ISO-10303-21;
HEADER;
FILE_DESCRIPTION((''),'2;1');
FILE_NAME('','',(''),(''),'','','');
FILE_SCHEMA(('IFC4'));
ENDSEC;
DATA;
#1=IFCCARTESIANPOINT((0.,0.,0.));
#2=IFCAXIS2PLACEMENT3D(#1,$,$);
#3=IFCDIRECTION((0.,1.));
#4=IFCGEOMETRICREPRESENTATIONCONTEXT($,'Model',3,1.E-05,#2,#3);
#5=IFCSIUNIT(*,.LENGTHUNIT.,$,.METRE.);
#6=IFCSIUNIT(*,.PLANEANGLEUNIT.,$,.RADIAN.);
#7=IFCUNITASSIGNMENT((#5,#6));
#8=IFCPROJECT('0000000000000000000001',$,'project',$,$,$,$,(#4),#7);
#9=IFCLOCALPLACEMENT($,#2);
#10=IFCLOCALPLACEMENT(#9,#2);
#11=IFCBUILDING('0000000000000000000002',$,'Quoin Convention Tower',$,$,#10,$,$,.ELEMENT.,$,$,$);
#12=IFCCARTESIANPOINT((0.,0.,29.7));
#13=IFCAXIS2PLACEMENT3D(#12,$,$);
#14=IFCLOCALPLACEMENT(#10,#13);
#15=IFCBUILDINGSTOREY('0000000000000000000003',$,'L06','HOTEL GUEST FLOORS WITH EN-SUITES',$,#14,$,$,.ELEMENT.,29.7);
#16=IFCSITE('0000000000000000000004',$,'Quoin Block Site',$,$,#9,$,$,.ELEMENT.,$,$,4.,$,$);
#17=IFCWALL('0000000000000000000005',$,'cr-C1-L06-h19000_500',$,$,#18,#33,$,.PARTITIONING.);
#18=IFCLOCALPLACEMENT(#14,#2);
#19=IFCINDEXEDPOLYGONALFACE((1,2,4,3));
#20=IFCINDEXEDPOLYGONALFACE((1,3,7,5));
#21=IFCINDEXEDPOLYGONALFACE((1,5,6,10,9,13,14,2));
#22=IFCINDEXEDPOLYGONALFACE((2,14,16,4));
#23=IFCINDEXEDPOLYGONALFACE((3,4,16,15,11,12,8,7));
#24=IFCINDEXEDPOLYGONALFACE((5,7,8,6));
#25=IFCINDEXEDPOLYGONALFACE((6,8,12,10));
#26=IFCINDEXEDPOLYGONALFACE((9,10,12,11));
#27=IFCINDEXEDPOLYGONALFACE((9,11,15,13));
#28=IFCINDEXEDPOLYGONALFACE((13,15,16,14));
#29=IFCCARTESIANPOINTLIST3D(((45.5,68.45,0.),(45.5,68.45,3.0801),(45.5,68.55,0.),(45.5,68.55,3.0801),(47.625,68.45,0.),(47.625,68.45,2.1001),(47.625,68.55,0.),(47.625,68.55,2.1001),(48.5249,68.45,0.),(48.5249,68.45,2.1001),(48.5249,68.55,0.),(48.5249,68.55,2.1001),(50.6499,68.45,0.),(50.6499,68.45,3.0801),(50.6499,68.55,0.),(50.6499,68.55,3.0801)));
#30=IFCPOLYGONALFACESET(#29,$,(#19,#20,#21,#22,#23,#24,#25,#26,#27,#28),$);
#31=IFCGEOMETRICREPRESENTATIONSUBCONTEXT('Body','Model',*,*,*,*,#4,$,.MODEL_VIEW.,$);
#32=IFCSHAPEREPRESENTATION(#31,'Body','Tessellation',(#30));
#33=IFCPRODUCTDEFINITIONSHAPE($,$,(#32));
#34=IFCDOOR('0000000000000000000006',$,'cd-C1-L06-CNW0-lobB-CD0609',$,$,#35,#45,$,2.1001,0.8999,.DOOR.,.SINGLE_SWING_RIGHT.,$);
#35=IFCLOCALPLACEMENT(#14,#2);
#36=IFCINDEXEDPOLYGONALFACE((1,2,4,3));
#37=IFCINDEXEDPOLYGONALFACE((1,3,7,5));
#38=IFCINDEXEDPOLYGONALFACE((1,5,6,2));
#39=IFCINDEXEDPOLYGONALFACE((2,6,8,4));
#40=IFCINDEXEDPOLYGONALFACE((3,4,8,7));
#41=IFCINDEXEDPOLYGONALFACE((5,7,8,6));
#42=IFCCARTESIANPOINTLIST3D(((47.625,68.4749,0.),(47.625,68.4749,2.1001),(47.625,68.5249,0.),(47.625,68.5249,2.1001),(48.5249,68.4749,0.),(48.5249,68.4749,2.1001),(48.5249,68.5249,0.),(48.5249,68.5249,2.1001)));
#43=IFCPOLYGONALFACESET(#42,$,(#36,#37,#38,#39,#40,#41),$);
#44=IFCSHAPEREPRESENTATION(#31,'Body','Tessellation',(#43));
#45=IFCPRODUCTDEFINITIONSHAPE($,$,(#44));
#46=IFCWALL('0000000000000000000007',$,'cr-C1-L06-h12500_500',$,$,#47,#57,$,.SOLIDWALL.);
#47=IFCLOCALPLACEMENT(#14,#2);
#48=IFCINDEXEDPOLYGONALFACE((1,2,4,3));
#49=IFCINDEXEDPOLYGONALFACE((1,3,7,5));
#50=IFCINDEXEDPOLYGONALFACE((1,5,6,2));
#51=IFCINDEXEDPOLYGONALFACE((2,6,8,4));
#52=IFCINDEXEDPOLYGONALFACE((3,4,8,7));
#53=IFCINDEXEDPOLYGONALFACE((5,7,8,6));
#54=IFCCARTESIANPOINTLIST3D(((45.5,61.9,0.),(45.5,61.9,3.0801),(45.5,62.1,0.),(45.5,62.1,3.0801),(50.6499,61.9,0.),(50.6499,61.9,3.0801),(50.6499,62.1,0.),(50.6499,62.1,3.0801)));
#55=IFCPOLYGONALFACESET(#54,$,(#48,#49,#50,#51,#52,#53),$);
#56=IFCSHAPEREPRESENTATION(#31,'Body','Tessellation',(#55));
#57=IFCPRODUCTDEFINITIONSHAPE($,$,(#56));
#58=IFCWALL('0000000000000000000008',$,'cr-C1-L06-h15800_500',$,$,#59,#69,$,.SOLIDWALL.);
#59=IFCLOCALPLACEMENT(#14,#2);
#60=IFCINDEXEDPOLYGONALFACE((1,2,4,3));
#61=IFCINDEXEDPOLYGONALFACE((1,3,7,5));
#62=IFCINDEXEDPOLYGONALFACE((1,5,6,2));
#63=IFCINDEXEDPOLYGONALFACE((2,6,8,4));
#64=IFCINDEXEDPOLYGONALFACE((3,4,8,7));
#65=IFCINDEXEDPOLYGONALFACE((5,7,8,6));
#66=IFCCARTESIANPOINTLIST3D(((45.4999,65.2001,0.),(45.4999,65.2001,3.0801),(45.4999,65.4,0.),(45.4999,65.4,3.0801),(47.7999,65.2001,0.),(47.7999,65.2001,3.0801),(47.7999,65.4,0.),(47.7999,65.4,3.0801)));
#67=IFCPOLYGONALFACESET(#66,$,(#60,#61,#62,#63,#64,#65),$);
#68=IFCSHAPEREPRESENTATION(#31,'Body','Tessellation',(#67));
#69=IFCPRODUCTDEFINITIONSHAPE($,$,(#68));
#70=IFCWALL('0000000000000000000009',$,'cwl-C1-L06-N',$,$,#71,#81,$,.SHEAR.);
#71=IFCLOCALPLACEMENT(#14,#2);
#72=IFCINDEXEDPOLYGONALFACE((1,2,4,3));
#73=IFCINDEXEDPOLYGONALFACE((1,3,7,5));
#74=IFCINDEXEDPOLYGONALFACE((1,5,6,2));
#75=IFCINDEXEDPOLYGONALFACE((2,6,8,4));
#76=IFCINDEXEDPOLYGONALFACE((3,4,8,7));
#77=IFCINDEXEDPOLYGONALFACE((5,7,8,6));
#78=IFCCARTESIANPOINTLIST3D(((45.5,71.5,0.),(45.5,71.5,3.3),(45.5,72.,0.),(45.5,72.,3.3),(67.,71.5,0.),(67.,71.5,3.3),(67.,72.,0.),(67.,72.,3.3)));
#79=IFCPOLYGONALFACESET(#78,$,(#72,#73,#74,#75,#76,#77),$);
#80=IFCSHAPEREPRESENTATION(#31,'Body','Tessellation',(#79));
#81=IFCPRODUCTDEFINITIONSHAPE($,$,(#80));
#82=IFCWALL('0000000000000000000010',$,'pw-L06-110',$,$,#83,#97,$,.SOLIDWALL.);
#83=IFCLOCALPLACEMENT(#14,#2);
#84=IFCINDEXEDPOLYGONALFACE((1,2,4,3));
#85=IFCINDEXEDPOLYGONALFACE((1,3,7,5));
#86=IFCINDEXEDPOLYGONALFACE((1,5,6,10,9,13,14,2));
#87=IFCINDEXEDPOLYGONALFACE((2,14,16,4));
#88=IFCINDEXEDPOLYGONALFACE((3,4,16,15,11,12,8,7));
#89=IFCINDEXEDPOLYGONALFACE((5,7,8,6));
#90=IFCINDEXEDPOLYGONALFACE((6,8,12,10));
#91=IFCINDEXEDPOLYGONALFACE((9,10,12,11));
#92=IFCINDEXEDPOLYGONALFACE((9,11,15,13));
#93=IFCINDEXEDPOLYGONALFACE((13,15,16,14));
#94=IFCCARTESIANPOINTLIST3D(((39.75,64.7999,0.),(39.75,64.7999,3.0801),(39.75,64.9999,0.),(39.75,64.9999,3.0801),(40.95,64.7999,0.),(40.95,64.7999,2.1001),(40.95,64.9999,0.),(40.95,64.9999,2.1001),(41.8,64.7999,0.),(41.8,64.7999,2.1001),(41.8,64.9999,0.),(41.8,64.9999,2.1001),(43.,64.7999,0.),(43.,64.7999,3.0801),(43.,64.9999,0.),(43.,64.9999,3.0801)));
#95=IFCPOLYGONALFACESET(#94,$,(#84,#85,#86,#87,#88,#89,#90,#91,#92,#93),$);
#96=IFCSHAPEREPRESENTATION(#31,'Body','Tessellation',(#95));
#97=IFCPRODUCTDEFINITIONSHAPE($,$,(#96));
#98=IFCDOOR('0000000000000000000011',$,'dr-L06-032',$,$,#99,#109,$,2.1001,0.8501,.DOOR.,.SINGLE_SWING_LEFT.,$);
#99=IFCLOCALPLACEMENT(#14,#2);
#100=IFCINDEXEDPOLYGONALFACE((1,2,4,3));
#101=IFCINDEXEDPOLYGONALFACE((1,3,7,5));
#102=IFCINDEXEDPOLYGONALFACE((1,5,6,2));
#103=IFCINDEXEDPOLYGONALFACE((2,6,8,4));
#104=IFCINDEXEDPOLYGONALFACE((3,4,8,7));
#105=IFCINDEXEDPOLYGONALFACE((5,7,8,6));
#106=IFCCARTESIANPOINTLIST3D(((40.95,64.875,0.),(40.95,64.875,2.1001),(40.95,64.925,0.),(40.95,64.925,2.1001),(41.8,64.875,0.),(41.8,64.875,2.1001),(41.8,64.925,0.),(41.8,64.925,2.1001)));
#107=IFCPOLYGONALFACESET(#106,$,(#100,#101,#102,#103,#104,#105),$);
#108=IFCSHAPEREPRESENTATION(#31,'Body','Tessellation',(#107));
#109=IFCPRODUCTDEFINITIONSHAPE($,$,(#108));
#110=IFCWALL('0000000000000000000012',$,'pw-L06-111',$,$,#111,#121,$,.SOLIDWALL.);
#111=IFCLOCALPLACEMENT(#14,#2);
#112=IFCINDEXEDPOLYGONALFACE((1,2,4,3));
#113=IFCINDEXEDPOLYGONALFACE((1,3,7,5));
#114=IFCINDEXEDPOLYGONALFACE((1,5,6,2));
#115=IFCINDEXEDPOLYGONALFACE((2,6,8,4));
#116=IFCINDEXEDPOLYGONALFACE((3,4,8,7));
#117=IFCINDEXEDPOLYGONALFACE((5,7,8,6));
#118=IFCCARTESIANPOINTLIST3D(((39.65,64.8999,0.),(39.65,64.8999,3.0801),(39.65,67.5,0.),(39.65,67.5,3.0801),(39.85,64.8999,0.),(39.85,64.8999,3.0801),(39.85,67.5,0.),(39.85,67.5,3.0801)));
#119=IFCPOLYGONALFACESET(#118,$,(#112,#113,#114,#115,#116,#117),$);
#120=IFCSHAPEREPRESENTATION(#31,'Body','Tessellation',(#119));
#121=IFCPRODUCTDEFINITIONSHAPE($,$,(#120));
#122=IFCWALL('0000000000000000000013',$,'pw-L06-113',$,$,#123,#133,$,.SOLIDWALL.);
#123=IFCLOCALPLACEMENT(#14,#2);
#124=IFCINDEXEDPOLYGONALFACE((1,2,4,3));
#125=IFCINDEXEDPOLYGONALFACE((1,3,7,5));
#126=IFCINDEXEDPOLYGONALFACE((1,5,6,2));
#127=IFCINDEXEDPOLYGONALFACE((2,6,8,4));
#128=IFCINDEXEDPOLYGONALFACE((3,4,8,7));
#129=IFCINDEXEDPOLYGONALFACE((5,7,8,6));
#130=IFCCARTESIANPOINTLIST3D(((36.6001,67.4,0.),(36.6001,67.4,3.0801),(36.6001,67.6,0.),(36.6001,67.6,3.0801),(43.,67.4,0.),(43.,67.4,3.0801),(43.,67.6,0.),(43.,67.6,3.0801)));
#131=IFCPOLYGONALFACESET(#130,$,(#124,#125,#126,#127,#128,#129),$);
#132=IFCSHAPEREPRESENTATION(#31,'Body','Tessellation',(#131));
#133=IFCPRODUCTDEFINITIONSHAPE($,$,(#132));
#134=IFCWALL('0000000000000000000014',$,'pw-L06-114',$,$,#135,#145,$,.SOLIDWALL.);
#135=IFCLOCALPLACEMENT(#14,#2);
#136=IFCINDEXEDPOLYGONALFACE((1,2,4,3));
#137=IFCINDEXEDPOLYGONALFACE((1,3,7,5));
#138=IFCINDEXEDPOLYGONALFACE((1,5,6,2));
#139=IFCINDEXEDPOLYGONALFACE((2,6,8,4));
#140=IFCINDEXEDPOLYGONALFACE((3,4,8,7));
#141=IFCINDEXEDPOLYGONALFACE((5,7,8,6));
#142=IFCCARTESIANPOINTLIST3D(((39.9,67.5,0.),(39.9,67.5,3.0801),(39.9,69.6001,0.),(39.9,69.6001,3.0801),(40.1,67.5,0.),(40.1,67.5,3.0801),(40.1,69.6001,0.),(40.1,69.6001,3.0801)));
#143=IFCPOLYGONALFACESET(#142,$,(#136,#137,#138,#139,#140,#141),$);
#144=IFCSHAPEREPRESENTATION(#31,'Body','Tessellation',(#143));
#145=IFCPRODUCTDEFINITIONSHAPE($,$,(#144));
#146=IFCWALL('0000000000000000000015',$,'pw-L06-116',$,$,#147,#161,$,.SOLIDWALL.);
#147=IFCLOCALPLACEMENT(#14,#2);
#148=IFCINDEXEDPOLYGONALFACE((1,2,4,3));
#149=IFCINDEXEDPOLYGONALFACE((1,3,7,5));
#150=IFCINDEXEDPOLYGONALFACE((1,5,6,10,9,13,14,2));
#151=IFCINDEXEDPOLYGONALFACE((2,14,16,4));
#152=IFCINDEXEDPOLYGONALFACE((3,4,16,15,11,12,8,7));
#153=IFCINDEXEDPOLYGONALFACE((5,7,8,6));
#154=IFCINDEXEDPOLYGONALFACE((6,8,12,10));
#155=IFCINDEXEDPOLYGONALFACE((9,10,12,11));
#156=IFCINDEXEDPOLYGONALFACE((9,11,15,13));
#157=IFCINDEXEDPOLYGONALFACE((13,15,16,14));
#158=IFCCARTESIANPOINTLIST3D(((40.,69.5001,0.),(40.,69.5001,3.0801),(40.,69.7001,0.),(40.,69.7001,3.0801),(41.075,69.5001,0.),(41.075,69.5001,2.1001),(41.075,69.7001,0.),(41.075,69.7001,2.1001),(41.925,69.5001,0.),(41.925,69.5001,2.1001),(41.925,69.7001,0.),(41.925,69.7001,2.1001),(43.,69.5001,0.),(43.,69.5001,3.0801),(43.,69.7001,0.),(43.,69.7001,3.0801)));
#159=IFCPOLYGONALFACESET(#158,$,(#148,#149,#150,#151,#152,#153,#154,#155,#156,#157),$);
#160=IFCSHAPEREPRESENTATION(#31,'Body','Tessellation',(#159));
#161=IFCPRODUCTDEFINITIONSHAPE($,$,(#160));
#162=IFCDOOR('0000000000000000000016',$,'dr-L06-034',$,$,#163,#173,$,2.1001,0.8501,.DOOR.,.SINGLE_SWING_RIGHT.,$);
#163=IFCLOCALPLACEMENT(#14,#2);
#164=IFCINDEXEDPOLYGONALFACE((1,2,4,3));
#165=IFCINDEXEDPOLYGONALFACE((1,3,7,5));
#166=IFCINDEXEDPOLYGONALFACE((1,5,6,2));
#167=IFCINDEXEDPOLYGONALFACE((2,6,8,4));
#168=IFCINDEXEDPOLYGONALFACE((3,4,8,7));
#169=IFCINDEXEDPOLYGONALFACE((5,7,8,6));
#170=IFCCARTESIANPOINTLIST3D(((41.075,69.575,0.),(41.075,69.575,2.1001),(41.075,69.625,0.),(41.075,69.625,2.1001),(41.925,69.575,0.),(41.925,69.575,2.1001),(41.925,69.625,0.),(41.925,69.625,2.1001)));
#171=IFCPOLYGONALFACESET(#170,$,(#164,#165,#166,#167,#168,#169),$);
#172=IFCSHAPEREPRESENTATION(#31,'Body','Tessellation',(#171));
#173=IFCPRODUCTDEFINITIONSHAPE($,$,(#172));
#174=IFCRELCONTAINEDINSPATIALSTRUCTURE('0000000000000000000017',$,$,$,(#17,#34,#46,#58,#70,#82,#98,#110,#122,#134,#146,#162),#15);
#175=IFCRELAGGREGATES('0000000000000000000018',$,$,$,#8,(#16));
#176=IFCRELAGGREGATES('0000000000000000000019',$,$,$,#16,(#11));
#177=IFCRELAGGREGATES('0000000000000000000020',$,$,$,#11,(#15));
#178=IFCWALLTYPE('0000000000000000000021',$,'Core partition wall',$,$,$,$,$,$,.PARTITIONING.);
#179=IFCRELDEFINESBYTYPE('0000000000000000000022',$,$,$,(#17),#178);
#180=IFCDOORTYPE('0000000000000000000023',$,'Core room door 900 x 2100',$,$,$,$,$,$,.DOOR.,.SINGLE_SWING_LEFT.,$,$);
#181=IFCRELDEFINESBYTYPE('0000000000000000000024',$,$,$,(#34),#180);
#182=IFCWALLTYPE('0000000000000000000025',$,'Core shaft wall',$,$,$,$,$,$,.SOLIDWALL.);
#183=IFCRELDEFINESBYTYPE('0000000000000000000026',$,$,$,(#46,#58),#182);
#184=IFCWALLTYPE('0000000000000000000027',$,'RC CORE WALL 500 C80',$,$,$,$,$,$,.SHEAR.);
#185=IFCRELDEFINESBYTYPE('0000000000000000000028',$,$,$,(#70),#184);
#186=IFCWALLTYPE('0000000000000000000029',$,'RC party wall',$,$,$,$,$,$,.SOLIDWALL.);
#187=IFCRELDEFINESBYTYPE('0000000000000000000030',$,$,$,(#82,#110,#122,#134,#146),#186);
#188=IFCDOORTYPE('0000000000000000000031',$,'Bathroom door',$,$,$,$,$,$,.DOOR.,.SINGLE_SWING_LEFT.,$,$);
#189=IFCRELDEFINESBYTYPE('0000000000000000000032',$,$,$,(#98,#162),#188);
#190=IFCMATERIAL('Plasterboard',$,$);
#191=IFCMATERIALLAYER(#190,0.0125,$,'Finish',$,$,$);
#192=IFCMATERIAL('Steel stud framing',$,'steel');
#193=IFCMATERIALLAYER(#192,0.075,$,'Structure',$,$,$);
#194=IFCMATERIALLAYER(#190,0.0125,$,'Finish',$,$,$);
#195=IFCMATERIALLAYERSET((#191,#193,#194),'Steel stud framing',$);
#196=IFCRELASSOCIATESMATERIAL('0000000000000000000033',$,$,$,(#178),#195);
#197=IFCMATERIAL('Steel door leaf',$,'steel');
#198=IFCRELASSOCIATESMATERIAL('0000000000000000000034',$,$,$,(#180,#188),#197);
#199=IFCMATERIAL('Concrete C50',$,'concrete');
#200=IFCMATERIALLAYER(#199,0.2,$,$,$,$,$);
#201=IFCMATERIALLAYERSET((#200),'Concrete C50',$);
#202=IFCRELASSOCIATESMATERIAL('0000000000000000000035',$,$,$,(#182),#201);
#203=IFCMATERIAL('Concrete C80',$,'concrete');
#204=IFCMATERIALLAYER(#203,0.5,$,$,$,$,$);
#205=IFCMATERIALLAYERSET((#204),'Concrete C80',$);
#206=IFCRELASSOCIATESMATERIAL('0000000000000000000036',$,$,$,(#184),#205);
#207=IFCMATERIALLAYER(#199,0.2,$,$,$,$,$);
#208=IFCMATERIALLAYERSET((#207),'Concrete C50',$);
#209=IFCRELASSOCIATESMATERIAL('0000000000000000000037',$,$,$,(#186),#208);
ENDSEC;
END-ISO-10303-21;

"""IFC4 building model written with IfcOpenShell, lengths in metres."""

from ifc_helpers import new_model, si_unit, direction, frame, frame_2d, origin, place, context, subcontext, project, spatial, rectangle, extrude, material, layer, layer_set, type_object, element, fill, save


model = new_model("IFC4")

# Units and contexts
model_context = context("Model", 3, precision=1e-05, world=origin(), true_north=direction((0.0, 1.0)))
body_context = subcontext(model_context, "Body", "Model", "MODEL_VIEW")
ifc_project = project(units=[si_unit("LENGTHUNIT", "METRE"), si_unit("PLANEANGLEUNIT", "RADIAN")], contexts=[model_context])

# Site, building, storey
site_placement = place(None, origin())
site = spatial("IfcSite", under=ifc_project, at=site_placement, Name="Quoin Block Site", CompositionType="ELEMENT", RefElevation=4.0)
building_placement = place(site_placement, origin())
building = spatial("IfcBuilding", under=site, at=building_placement, Name="Quoin Convention Tower", CompositionType="ELEMENT")
storey_placement = place(building_placement, frame((0.0, 0.0, 29.7)))
storey = spatial("IfcBuildingStorey", under=building, at=storey_placement, Name="L06", Description="HOTEL GUEST FLOORS WITH EN-SUITES", CompositionType="ELEMENT", Elevation=29.7)

# Wall, opening, door
ifc_material_1 = material(Name="Plasterboard")
ifc_layer_1 = layer(ifc_material_1, 0.0125, Name="Finish")
ifc_material_2 = material(Name="Steel stud framing", Category="steel")
ifc_layer_2 = layer(ifc_material_2, 0.075, Name="Structure")
ifc_layer_3 = layer(ifc_material_1, 0.0125, Name="Finish")
ifc_layer_set_1 = layer_set([ifc_layer_1, ifc_layer_2, ifc_layer_3], Name="Steel stud framing")
wall_type_1 = type_object("IfcWallType", Name="Core partition wall", PredefinedType="PARTITIONING", material=ifc_layer_set_1)
wall_1_placement = place(storey_placement, frame((45.5, 68.5, 0.0), z_axis=(0.0, 0.0, 1.0), x_axis=(1.0, 0.0, 0.0)))
wall_1 = element("IfcWall", 1, at=wall_1_placement, inside=storey, type_object=wall_type_1, Name="cr-C1-L06-h19000_500", PredefinedType="PARTITIONING", context=body_context, shape_type="SweptSolid", body=[
    extrude(rectangle(XDim=5.1499, YDim=0.1001, at=frame_2d((2.575, 0.0))), origin(), (0.0, 0.0, 1.0), 3.0801),
])
opening_1_placement = place(wall_1_placement, frame((2.125, 0.0, 0.0)))
opening_1 = element("IfcOpeningElement", 2, at=opening_1_placement, cuts=wall_1, PredefinedType="OPENING", context=body_context, shape_type="SweptSolid", body=[
    extrude(rectangle(XDim=0.8999, YDim=2.1001, at=frame_2d((0.45, 1.05))), frame((0.0, 0.0601, 0.0), z_axis=(0.0, -1.0, 0.0), x_axis=(1.0, 0.0, 0.0)), (0.0, 0.0, 1.0), 0.1201),
])
ifc_material_3 = material(Name="Steel door leaf", Category="steel")
door_type_1 = type_object("IfcDoorType", Name="Core room door 900 x 2100", OperationType="SINGLE_SWING_LEFT", PredefinedType="DOOR", material=ifc_material_3)
door_1_placement = place(opening_1_placement, origin())
door_1 = element("IfcDoor", 3, at=door_1_placement, inside=storey, type_object=door_type_1, Name="cd-C1-L06-CNW0-lobB-CD0609", OperationType="SINGLE_SWING_RIGHT", OverallHeight=2.1001, OverallWidth=0.8999, PredefinedType="DOOR", context=body_context, shape_type="SweptSolid", body=[
    extrude(rectangle(XDim=0.8999, YDim=2.1001, at=frame_2d((0.45, 1.05))), frame((0.0, 0.0249, 0.0), z_axis=(0.0, -1.0, 0.0), x_axis=(1.0, 0.0, 0.0)), (0.0, 0.0, 1.0), 0.05),
])
fill(opening_1, door_1)

# Walls
ifc_material_4 = material(Name="Concrete C50", Category="concrete")
ifc_layer_4 = layer(ifc_material_4, 0.2)
ifc_layer_set_2 = layer_set([ifc_layer_4], Name="Concrete C50")
wall_type_2 = type_object("IfcWallType", Name="Core shaft wall", PredefinedType="SOLIDWALL", material=ifc_layer_set_2)
wall_2_placement = place(storey_placement, frame((45.5, 62.0, 0.0), z_axis=(0.0, 0.0, 1.0), x_axis=(1.0, 0.0, 0.0)))
element("IfcWall", 4, at=wall_2_placement, inside=storey, type_object=wall_type_2, Name="cr-C1-L06-h12500_500", PredefinedType="SOLIDWALL", context=body_context, shape_type="SweptSolid", body=[
    extrude(rectangle(XDim=5.1499, YDim=0.2, at=frame_2d((2.575, 0.0))), origin(), (0.0, 0.0, 1.0), 3.0801),
])
wall_3_placement = place(storey_placement, frame((45.5, 65.3, 0.0), z_axis=(0.0, 0.0, 1.0), x_axis=(1.0, 0.0, 0.0)))
element("IfcWall", 5, at=wall_3_placement, inside=storey, type_object=wall_type_2, Name="cr-C1-L06-h15800_500", PredefinedType="SOLIDWALL", context=body_context, shape_type="SweptSolid", body=[
    extrude(rectangle(XDim=2.3, YDim=0.2, at=frame_2d((1.1499, 0.0))), origin(), (0.0, 0.0, 1.0), 3.0801),
])
ifc_material_5 = material(Name="Concrete C80", Category="concrete")
ifc_layer_5 = layer(ifc_material_5, 0.5)
ifc_layer_set_3 = layer_set([ifc_layer_5], Name="Concrete C80")
wall_type_3 = type_object("IfcWallType", Name="RC CORE WALL 500 C80", PredefinedType="SHEAR", material=ifc_layer_set_3)
wall_4_placement = place(storey_placement, frame((45.5, 71.75, 0.0), z_axis=(0.0, 0.0, 1.0), x_axis=(1.0, 0.0, 0.0)))
element("IfcWall", 6, at=wall_4_placement, inside=storey, type_object=wall_type_3, Name="cwl-C1-L06-N", PredefinedType="SHEAR", context=body_context, shape_type="SweptSolid", body=[
    extrude(rectangle(XDim=21.5, YDim=0.5, at=frame_2d((10.75, 0.0))), origin(), (0.0, 0.0, 1.0), 3.3),
])

# Wall, opening, door
ifc_layer_6 = layer(ifc_material_4, 0.2)
ifc_layer_set_4 = layer_set([ifc_layer_6], Name="Concrete C50")
wall_type_4 = type_object("IfcWallType", Name="RC party wall", PredefinedType="SOLIDWALL", material=ifc_layer_set_4)
wall_5_placement = place(storey_placement, frame((39.75, 64.8999, 0.0), z_axis=(0.0, 0.0, 1.0), x_axis=(1.0, 0.0, 0.0)))
wall_5 = element("IfcWall", 7, at=wall_5_placement, inside=storey, type_object=wall_type_4, Name="pw-L06-110", PredefinedType="SOLIDWALL", context=body_context, shape_type="SweptSolid", body=[
    extrude(rectangle(XDim=3.25, YDim=0.2, at=frame_2d((1.625, 0.0))), origin(), (0.0, 0.0, 1.0), 3.0801),
])
opening_2_placement = place(wall_5_placement, frame((1.2, 0.0, 0.0)))
opening_2 = element("IfcOpeningElement", 8, at=opening_2_placement, cuts=wall_5, PredefinedType="OPENING", context=body_context, shape_type="SweptSolid", body=[
    extrude(rectangle(XDim=0.8501, YDim=2.1001, at=frame_2d((0.425, 1.05))), frame((0.0, 0.1099, 0.0), z_axis=(0.0, -1.0, 0.0), x_axis=(1.0, 0.0, 0.0)), (0.0, 0.0, 1.0), 0.22),
])
door_type_2 = type_object("IfcDoorType", Name="Bathroom door", OperationType="SINGLE_SWING_LEFT", PredefinedType="DOOR", material=ifc_material_3)
door_2_placement = place(opening_2_placement, frame((0.8501, 0.0, 0.0), z_axis=(0.0, 0.0, 1.0), x_axis=(-1.0, 0.0, 0.0)))
door_2 = element("IfcDoor", 9, at=door_2_placement, inside=storey, type_object=door_type_2, Name="dr-L06-032", OperationType="SINGLE_SWING_LEFT", OverallHeight=2.1001, OverallWidth=0.8501, PredefinedType="DOOR", context=body_context, shape_type="SweptSolid", body=[
    extrude(rectangle(XDim=0.8501, YDim=2.1001, at=frame_2d((0.425, 1.05))), frame((0.0, 0.0249, 0.0), z_axis=(0.0, -1.0, 0.0), x_axis=(1.0, 0.0, 0.0)), (0.0, 0.0, 1.0), 0.05),
])
fill(opening_2, door_2)

# Walls
wall_6_placement = place(storey_placement, frame((39.75, 64.8999, 0.0), z_axis=(0.0, 0.0, 1.0), x_axis=(0.0, 1.0, 0.0)))
element("IfcWall", 10, at=wall_6_placement, inside=storey, type_object=wall_type_4, Name="pw-L06-111", PredefinedType="SOLIDWALL", context=body_context, shape_type="SweptSolid", body=[
    extrude(rectangle(XDim=2.6001, YDim=0.2, at=frame_2d((1.3, 0.0))), origin(), (0.0, 0.0, 1.0), 3.0801),
])
wall_7_placement = place(storey_placement, frame((36.6001, 67.5, 0.0), z_axis=(0.0, 0.0, 1.0), x_axis=(1.0, 0.0, 0.0)))
element("IfcWall", 11, at=wall_7_placement, inside=storey, type_object=wall_type_4, Name="pw-L06-113", PredefinedType="SOLIDWALL", context=body_context, shape_type="SweptSolid", body=[
    extrude(rectangle(XDim=6.3999, YDim=0.2, at=frame_2d((3.2, 0.0))), origin(), (0.0, 0.0, 1.0), 3.0801),
])
wall_8_placement = place(storey_placement, frame((40.0, 67.5, 0.0), z_axis=(0.0, 0.0, 1.0), x_axis=(0.0, 1.0, 0.0)))
element("IfcWall", 12, at=wall_8_placement, inside=storey, type_object=wall_type_4, Name="pw-L06-114", PredefinedType="SOLIDWALL", context=body_context, shape_type="SweptSolid", body=[
    extrude(rectangle(XDim=2.1001, YDim=0.2, at=frame_2d((1.05, 0.0))), origin(), (0.0, 0.0, 1.0), 3.0801),
])

# Wall, opening, door
wall_9_placement = place(storey_placement, frame((40.0, 69.6001, 0.0), z_axis=(0.0, 0.0, 1.0), x_axis=(1.0, 0.0, 0.0)))
wall_9 = element("IfcWall", 13, at=wall_9_placement, inside=storey, type_object=wall_type_4, Name="pw-L06-116", PredefinedType="SOLIDWALL", context=body_context, shape_type="SweptSolid", body=[
    extrude(rectangle(XDim=3.0, YDim=0.2, at=frame_2d((1.5, 0.0))), origin(), (0.0, 0.0, 1.0), 3.0801),
])
opening_3_placement = place(wall_9_placement, frame((1.075, 0.0, 0.0)))
opening_3 = element("IfcOpeningElement", 14, at=opening_3_placement, cuts=wall_9, PredefinedType="OPENING", context=body_context, shape_type="SweptSolid", body=[
    extrude(rectangle(XDim=0.8501, YDim=2.1001, at=frame_2d((0.425, 1.05))), frame((0.0, 0.1099, 0.0), z_axis=(0.0, -1.0, 0.0), x_axis=(1.0, 0.0, 0.0)), (0.0, 0.0, 1.0), 0.22),
])
door_3_placement = place(opening_3_placement, origin())
door_3 = element("IfcDoor", 15, at=door_3_placement, inside=storey, type_object=door_type_2, Name="dr-L06-034", OperationType="SINGLE_SWING_RIGHT", OverallHeight=2.1001, OverallWidth=0.8501, PredefinedType="DOOR", context=body_context, shape_type="SweptSolid", body=[
    extrude(rectangle(XDim=0.8501, YDim=2.1001, at=frame_2d((0.425, 1.05))), frame((0.0, 0.0249, 0.0), z_axis=(0.0, -1.0, 0.0), x_axis=(1.0, 0.0, 0.0)), (0.0, 0.0, 1.0), 0.05),
])
fill(opening_3, door_3)

save(model, "model.ifc")
